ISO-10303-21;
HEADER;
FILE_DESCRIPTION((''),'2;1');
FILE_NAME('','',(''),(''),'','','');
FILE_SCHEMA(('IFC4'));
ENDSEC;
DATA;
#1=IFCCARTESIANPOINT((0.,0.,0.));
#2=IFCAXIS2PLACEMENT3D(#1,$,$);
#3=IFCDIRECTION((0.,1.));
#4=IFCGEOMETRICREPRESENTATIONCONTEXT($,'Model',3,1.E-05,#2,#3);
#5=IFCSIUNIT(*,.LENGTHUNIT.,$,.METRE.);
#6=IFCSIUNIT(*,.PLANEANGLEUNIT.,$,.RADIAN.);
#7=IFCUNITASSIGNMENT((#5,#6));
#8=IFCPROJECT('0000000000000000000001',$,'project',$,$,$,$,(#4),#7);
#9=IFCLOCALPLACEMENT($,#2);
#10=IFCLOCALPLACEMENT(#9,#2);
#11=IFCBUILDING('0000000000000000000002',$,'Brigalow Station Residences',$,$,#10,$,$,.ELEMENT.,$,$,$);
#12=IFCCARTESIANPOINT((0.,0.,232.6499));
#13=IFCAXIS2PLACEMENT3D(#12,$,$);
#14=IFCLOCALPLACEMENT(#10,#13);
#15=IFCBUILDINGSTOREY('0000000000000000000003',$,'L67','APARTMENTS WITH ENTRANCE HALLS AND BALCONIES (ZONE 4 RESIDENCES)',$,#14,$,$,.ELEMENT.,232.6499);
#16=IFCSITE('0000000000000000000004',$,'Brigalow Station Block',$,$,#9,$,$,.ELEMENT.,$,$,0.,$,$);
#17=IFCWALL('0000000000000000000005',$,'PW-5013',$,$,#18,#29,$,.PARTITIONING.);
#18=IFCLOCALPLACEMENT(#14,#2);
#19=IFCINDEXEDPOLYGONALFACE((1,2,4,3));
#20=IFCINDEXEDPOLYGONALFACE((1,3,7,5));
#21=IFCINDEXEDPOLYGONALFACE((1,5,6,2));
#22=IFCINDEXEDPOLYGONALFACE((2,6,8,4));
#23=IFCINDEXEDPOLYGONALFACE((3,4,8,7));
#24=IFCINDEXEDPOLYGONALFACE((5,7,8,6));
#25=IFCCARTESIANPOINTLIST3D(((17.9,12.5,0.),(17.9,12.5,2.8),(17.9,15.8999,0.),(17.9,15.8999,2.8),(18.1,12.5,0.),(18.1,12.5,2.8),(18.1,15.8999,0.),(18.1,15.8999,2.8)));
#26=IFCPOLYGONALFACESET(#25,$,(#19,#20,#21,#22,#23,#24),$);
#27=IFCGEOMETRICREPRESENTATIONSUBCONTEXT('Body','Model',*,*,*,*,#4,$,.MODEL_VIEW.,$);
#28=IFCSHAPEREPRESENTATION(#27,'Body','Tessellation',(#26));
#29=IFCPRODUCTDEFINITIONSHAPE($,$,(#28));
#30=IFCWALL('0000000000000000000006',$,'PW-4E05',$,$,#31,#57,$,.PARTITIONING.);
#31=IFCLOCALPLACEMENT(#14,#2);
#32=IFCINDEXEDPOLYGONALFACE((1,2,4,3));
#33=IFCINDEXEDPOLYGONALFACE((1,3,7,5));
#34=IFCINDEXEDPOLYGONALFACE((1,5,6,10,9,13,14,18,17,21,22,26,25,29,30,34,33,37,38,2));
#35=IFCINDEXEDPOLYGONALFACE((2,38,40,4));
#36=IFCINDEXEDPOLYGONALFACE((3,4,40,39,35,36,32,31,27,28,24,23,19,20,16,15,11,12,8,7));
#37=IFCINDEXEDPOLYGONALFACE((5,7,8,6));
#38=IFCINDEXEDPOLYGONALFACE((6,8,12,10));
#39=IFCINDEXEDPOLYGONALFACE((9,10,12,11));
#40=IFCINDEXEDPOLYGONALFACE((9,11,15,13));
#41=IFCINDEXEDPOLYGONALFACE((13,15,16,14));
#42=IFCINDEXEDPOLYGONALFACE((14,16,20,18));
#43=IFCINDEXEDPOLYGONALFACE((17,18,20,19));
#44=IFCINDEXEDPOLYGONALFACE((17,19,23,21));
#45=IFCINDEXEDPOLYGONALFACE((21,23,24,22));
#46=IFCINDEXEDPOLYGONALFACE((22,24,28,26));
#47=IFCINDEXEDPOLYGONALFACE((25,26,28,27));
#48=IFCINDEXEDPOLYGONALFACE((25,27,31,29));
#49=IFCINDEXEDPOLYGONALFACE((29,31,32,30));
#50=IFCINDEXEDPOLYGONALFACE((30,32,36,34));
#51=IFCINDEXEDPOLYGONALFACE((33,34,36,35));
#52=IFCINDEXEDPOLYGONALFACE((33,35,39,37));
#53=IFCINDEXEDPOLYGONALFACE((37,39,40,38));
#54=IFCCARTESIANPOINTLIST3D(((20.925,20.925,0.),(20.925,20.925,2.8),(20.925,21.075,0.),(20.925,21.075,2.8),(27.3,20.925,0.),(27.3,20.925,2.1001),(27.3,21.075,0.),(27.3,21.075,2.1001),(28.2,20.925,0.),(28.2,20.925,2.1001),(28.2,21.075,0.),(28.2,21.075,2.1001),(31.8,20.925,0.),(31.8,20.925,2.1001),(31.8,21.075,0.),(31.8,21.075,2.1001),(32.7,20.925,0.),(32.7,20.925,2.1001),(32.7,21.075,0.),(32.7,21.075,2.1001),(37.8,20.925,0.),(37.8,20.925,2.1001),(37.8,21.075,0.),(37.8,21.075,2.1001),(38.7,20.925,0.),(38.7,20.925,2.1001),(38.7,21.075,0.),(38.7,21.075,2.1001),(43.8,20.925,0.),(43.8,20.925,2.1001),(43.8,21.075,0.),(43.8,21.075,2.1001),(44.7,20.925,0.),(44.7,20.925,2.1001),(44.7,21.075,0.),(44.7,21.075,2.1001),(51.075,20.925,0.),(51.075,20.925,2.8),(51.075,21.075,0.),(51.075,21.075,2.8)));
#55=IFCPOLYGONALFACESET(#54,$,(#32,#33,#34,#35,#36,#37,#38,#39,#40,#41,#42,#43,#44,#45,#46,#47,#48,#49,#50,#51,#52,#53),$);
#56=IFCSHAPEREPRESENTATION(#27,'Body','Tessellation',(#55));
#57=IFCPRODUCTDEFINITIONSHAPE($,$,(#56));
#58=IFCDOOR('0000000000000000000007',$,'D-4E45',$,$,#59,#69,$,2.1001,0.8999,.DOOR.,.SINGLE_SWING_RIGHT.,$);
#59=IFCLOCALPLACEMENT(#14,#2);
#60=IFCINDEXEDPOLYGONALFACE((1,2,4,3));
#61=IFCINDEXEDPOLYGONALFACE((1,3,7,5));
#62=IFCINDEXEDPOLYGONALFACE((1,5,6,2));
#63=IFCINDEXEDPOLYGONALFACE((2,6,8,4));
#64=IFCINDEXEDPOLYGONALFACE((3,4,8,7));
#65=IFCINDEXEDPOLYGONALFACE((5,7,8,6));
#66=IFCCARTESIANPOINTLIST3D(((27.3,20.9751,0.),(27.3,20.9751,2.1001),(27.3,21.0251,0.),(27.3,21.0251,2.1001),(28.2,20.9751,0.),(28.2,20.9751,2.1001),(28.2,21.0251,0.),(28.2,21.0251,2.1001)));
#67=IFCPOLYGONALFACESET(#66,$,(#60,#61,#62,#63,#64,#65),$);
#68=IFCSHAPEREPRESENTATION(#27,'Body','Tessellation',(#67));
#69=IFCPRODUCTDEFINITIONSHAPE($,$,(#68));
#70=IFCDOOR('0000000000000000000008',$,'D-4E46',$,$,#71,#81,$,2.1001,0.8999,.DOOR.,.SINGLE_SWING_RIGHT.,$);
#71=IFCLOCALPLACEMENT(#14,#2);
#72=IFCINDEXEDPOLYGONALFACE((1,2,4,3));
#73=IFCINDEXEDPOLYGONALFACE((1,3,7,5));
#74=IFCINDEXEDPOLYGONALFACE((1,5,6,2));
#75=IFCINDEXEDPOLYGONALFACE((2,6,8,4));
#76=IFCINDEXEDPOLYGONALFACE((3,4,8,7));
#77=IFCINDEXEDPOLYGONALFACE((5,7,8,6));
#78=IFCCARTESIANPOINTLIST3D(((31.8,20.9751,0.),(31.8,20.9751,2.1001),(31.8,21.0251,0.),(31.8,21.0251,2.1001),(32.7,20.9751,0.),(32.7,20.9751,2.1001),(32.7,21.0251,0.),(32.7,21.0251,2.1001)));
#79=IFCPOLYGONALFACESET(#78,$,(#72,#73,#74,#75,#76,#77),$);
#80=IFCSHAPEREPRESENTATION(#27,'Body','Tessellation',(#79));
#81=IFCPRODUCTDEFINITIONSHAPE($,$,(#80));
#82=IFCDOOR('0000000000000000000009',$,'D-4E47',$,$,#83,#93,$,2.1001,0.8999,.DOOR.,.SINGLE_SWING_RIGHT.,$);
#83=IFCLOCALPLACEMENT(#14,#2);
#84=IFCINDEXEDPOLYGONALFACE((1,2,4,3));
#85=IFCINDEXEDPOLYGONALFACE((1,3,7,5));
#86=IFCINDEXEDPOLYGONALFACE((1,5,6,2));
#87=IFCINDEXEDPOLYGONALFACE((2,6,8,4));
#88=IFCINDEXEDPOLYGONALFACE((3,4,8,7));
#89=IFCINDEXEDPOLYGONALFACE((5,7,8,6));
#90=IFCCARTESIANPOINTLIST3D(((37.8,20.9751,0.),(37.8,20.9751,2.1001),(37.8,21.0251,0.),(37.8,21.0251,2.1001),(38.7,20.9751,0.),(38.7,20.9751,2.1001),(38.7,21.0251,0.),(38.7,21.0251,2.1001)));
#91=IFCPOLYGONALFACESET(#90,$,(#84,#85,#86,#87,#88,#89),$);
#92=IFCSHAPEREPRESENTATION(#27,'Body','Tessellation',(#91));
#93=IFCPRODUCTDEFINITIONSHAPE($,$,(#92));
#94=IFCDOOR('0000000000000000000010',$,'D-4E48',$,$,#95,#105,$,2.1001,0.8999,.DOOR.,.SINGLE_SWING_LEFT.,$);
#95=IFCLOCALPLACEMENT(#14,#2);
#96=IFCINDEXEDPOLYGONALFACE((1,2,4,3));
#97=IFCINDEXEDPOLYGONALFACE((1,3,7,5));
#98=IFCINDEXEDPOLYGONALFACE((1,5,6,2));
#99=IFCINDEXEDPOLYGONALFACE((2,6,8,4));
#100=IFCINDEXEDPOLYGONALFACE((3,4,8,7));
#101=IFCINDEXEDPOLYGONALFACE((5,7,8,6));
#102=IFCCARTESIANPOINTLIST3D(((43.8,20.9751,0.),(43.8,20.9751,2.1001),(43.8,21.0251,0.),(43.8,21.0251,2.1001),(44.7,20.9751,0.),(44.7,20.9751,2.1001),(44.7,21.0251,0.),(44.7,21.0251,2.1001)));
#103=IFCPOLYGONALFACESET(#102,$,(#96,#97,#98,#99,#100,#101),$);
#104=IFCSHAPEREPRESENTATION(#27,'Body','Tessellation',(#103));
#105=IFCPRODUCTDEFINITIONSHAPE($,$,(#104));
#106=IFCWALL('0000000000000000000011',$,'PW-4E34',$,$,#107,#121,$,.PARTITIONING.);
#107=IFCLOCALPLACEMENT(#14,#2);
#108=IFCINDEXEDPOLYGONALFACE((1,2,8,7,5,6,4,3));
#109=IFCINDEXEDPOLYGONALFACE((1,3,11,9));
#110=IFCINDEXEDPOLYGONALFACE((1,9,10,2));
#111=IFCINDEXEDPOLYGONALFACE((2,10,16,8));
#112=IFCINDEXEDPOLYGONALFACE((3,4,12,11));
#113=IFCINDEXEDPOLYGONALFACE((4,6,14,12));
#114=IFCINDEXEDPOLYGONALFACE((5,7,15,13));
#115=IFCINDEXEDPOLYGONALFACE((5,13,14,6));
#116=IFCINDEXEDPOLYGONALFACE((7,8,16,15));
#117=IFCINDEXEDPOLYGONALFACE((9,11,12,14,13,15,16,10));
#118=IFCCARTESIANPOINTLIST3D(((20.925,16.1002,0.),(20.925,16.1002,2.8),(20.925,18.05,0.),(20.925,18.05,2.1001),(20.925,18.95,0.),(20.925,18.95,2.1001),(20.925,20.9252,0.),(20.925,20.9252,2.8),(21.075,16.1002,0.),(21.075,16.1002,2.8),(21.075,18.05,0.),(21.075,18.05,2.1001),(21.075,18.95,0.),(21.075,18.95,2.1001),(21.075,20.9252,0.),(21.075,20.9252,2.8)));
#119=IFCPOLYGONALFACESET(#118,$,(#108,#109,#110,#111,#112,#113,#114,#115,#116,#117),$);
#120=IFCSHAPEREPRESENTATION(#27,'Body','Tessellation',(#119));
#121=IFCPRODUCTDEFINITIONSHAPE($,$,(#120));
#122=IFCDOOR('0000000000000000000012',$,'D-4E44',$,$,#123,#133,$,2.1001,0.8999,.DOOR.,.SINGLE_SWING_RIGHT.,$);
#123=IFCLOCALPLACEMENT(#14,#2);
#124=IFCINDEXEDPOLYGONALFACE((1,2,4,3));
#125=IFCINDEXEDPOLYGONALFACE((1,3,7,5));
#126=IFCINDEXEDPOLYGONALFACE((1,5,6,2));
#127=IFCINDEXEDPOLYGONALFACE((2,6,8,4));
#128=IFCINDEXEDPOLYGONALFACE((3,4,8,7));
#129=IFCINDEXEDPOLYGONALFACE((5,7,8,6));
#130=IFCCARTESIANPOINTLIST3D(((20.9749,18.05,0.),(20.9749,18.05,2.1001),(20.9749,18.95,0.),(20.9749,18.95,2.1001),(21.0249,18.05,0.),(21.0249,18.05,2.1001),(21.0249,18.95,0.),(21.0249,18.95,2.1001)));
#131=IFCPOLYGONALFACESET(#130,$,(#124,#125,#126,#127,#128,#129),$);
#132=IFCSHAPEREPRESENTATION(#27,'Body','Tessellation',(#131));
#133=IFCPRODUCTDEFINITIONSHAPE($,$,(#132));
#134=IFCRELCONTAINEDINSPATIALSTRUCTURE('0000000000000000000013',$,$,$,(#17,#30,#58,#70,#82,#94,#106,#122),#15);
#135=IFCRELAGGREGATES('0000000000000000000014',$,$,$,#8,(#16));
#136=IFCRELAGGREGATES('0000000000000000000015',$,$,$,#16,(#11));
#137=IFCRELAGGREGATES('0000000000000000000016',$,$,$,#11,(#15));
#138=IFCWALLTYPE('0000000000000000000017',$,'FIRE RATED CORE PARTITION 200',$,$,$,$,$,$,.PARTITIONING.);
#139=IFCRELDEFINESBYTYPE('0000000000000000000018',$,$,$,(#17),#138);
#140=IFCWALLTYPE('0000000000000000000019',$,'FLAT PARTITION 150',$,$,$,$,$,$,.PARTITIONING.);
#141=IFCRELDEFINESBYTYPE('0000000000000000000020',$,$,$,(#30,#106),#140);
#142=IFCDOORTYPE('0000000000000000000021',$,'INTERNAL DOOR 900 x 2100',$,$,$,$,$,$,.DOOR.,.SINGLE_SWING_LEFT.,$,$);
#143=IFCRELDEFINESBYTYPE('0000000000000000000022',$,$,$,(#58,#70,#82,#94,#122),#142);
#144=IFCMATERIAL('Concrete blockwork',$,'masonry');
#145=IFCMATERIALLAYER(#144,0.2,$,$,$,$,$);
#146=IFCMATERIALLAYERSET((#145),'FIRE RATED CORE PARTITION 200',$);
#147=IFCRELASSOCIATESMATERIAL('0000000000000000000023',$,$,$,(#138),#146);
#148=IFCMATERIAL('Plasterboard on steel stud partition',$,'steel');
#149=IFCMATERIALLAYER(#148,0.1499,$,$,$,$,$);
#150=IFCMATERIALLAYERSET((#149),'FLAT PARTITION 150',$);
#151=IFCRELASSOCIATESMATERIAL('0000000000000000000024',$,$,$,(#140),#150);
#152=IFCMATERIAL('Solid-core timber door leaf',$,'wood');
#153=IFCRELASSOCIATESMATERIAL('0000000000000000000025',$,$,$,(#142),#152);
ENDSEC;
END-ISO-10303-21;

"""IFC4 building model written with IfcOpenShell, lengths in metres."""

from ifc_helpers import new_model, si_unit, direction, frame, frame_2d, origin, place, context, subcontext, project, spatial, rectangle, extrude, material, layer, layer_set, type_object, element, fill, save


model = new_model("IFC4")

# Units and contexts
model_context = context("Model", 3, precision=1e-05, world=origin(), true_north=direction((0.0, 1.0)))
body_context = subcontext(model_context, "Body", "Model", "MODEL_VIEW")
ifc_project = project(units=[si_unit("LENGTHUNIT", "METRE"), si_unit("PLANEANGLEUNIT", "RADIAN")], contexts=[model_context])

# Site, building, storey
site_placement = place(None, origin())
site = spatial("IfcSite", under=ifc_project, at=site_placement, Name="Brigalow Station Block", CompositionType="ELEMENT", RefElevation=0.0)
building_placement = place(site_placement, origin())
building = spatial("IfcBuilding", under=site, at=building_placement, Name="Brigalow Station Residences", CompositionType="ELEMENT")
storey_placement = place(building_placement, frame((0.0, 0.0, 232.6499)))
storey = spatial("IfcBuildingStorey", under=building, at=storey_placement, Name="L67", Description="APARTMENTS WITH ENTRANCE HALLS AND BALCONIES (ZONE 4 RESIDENCES)", CompositionType="ELEMENT", Elevation=232.6499)

# Wall
ifc_material_1 = material(Name="Concrete blockwork", Category="masonry")
ifc_layer_1 = layer(ifc_material_1, 0.2)
ifc_layer_set_1 = layer_set([ifc_layer_1], Name="FIRE RATED CORE PARTITION 200")
wall_type_1 = type_object("IfcWallType", Name="FIRE RATED CORE PARTITION 200", PredefinedType="PARTITIONING", material=ifc_layer_set_1)
wall_1_placement = place(storey_placement, frame((18.0, 12.5, 0.0), z_axis=(0.0, 0.0, 1.0), x_axis=(0.0, 1.0, 0.0)))
element("IfcWall", 1, at=wall_1_placement, inside=storey, type_object=wall_type_1, Name="PW-5013", PredefinedType="PARTITIONING", context=body_context, shape_type="SweptSolid", body=[
    extrude(rectangle(XDim=3.3999, YDim=0.2, at=frame_2d((1.7, 0.0))), origin(), (0.0, 0.0, 1.0), 2.8),
])

# Wall, openings, doors
ifc_material_2 = material(Name="Plasterboard on steel stud partition", Category="steel")
ifc_layer_2 = layer(ifc_material_2, 0.1499)
ifc_layer_set_2 = layer_set([ifc_layer_2], Name="FLAT PARTITION 150")
wall_type_2 = type_object("IfcWallType", Name="FLAT PARTITION 150", PredefinedType="PARTITIONING", material=ifc_layer_set_2)
wall_2_placement = place(storey_placement, frame((20.925, 21.0, 0.0), z_axis=(0.0, 0.0, 1.0), x_axis=(1.0, 0.0, 0.0)))
wall_2 = element("IfcWall", 2, at=wall_2_placement, inside=storey, type_object=wall_type_2, Name="PW-4E05", PredefinedType="PARTITIONING", context=body_context, shape_type="SweptSolid", body=[
    extrude(rectangle(XDim=30.1499, YDim=0.1499, at=frame_2d((15.075, 0.0))), origin(), (0.0, 0.0, 1.0), 2.8),
])
opening_1_placement = place(wall_2_placement, frame((6.375, 0.0, 0.0)))
opening_1 = element("IfcOpeningElement", 3, at=opening_1_placement, cuts=wall_2, PredefinedType="OPENING", context=body_context, shape_type="SweptSolid", body=[
    extrude(rectangle(XDim=0.8999, YDim=2.1001, at=frame_2d((0.45, 1.05))), frame((0.0, 0.085, 0.0), z_axis=(0.0, -1.0, 0.0), x_axis=(1.0, 0.0, 0.0)), (0.0, 0.0, 1.0), 0.1699),
])
opening_2_placement = place(wall_2_placement, frame((10.875, 0.0, 0.0)))
opening_2 = element("IfcOpeningElement", 4, at=opening_2_placement, cuts=wall_2, PredefinedType="OPENING", context=body_context, shape_type="SweptSolid", body=[
    extrude(rectangle(XDim=0.8999, YDim=2.1001, at=frame_2d((0.45, 1.05))), frame((0.0, 0.085, 0.0), z_axis=(0.0, -1.0, 0.0), x_axis=(1.0, 0.0, 0.0)), (0.0, 0.0, 1.0), 0.1699),
])
opening_3_placement = place(wall_2_placement, frame((16.875, 0.0, 0.0)))
opening_3 = element("IfcOpeningElement", 5, at=opening_3_placement, cuts=wall_2, PredefinedType="OPENING", context=body_context, shape_type="SweptSolid", body=[
    extrude(rectangle(XDim=0.8999, YDim=2.1001, at=frame_2d((0.45, 1.05))), frame((0.0, 0.085, 0.0), z_axis=(0.0, -1.0, 0.0), x_axis=(1.0, 0.0, 0.0)), (0.0, 0.0, 1.0), 0.1699),
])
opening_4_placement = place(wall_2_placement, frame((22.875, 0.0, 0.0)))
opening_4 = element("IfcOpeningElement", 6, at=opening_4_placement, cuts=wall_2, PredefinedType="OPENING", context=body_context, shape_type="SweptSolid", body=[
    extrude(rectangle(XDim=0.8999, YDim=2.1001, at=frame_2d((0.45, 1.05))), frame((0.0, 0.085, 0.0), z_axis=(0.0, -1.0, 0.0), x_axis=(1.0, 0.0, 0.0)), (0.0, 0.0, 1.0), 0.1699),
])
ifc_material_3 = material(Name="Solid-core timber door leaf", Category="wood")
door_type_1 = type_object("IfcDoorType", Name="INTERNAL DOOR 900 x 2100", OperationType="SINGLE_SWING_LEFT", PredefinedType="DOOR", material=ifc_material_3)
door_1_placement = place(opening_1_placement, frame((0.8999, 0.0, 0.0), z_axis=(0.0, 0.0, 1.0), x_axis=(-1.0, 0.0, 0.0)))
door_1 = element("IfcDoor", 7, at=door_1_placement, inside=storey, type_object=door_type_1, Name="D-4E45", OperationType="SINGLE_SWING_RIGHT", OverallHeight=2.1001, OverallWidth=0.8999, PredefinedType="DOOR", context=body_context, shape_type="SweptSolid", body=[
    extrude(rectangle(XDim=0.8999, YDim=2.1001, at=frame_2d((0.45, 1.05))), frame((0.0, 0.0249, 0.0), z_axis=(0.0, -1.0, 0.0), x_axis=(1.0, 0.0, 0.0)), (0.0, 0.0, 1.0), 0.05),
])
fill(opening_1, door_1)
door_2_placement = place(opening_2_placement, frame((0.8999, 0.0, 0.0), z_axis=(0.0, 0.0, 1.0), x_axis=(-1.0, 0.0, 0.0)))
door_2 = element("IfcDoor", 8, at=door_2_placement, inside=storey, type_object=door_type_1, Name="D-4E46", OperationType="SINGLE_SWING_RIGHT", OverallHeight=2.1001, OverallWidth=0.8999, PredefinedType="DOOR", context=body_context, shape_type="SweptSolid", body=[
    extrude(rectangle(XDim=0.8999, YDim=2.1001, at=frame_2d((0.45, 1.05))), frame((0.0, 0.0249, 0.0), z_axis=(0.0, -1.0, 0.0), x_axis=(1.0, 0.0, 0.0)), (0.0, 0.0, 1.0), 0.05),
])
fill(opening_2, door_2)
door_3_placement = place(opening_3_placement, frame((0.8999, 0.0, 0.0), z_axis=(0.0, 0.0, 1.0), x_axis=(-1.0, 0.0, 0.0)))
door_3 = element("IfcDoor", 9, at=door_3_placement, inside=storey, type_object=door_type_1, Name="D-4E47", OperationType="SINGLE_SWING_RIGHT", OverallHeight=2.1001, OverallWidth=0.8999, PredefinedType="DOOR", context=body_context, shape_type="SweptSolid", body=[
    extrude(rectangle(XDim=0.8999, YDim=2.1001, at=frame_2d((0.45, 1.05))), frame((0.0, 0.0249, 0.0), z_axis=(0.0, -1.0, 0.0), x_axis=(1.0, 0.0, 0.0)), (0.0, 0.0, 1.0), 0.05),
])
fill(opening_3, door_3)
door_4_placement = place(opening_4_placement, frame((0.8999, 0.0, 0.0), z_axis=(0.0, 0.0, 1.0), x_axis=(-1.0, 0.0, 0.0)))
door_4 = element("IfcDoor", 10, at=door_4_placement, inside=storey, type_object=door_type_1, Name="D-4E48", OperationType="SINGLE_SWING_LEFT", OverallHeight=2.1001, OverallWidth=0.8999, PredefinedType="DOOR", context=body_context, shape_type="SweptSolid", body=[
    extrude(rectangle(XDim=0.8999, YDim=2.1001, at=frame_2d((0.45, 1.05))), frame((0.0, 0.0249, 0.0), z_axis=(0.0, -1.0, 0.0), x_axis=(1.0, 0.0, 0.0)), (0.0, 0.0, 1.0), 0.05),
])
fill(opening_4, door_4)

# Wall, opening, door
wall_3_placement = place(storey_placement, frame((21.0, 16.1001, 0.0), z_axis=(0.0, 0.0, 1.0), x_axis=(0.0, 1.0, 0.0)))
wall_3 = element("IfcWall", 11, at=wall_3_placement, inside=storey, type_object=wall_type_2, Name="PW-4E34", PredefinedType="PARTITIONING", context=body_context, shape_type="SweptSolid", body=[
    extrude(rectangle(XDim=4.825, YDim=0.1499, at=frame_2d((2.4126, 0.0))), origin(), (0.0, 0.0, 1.0), 2.8),
])
opening_5_placement = place(wall_3_placement, frame((1.95, 0.0, 0.0)))
opening_5 = element("IfcOpeningElement", 12, at=opening_5_placement, cuts=wall_3, PredefinedType="OPENING", context=body_context, shape_type="SweptSolid", body=[
    extrude(rectangle(XDim=0.8999, YDim=2.1001, at=frame_2d((0.45, 1.05))), frame((0.0, 0.085, 0.0), z_axis=(0.0, -1.0, 0.0), x_axis=(1.0, 0.0, 0.0)), (0.0, 0.0, 1.0), 0.1699),
])
door_5_placement = place(opening_5_placement, frame((0.8999, 0.0, 0.0), z_axis=(0.0, 0.0, 1.0), x_axis=(-1.0, 0.0, 0.0)))
door_5 = element("IfcDoor", 13, at=door_5_placement, inside=storey, type_object=door_type_1, Name="D-4E44", OperationType="SINGLE_SWING_RIGHT", OverallHeight=2.1001, OverallWidth=0.8999, PredefinedType="DOOR", context=body_context, shape_type="SweptSolid", body=[
    extrude(rectangle(XDim=0.8999, YDim=2.1001, at=frame_2d((0.45, 1.05))), frame((0.0, 0.0249, 0.0), z_axis=(0.0, -1.0, 0.0), x_axis=(1.0, 0.0, 0.0)), (0.0, 0.0, 1.0), 0.05),
])
fill(opening_5, door_5)

save(model, "model.ifc")
